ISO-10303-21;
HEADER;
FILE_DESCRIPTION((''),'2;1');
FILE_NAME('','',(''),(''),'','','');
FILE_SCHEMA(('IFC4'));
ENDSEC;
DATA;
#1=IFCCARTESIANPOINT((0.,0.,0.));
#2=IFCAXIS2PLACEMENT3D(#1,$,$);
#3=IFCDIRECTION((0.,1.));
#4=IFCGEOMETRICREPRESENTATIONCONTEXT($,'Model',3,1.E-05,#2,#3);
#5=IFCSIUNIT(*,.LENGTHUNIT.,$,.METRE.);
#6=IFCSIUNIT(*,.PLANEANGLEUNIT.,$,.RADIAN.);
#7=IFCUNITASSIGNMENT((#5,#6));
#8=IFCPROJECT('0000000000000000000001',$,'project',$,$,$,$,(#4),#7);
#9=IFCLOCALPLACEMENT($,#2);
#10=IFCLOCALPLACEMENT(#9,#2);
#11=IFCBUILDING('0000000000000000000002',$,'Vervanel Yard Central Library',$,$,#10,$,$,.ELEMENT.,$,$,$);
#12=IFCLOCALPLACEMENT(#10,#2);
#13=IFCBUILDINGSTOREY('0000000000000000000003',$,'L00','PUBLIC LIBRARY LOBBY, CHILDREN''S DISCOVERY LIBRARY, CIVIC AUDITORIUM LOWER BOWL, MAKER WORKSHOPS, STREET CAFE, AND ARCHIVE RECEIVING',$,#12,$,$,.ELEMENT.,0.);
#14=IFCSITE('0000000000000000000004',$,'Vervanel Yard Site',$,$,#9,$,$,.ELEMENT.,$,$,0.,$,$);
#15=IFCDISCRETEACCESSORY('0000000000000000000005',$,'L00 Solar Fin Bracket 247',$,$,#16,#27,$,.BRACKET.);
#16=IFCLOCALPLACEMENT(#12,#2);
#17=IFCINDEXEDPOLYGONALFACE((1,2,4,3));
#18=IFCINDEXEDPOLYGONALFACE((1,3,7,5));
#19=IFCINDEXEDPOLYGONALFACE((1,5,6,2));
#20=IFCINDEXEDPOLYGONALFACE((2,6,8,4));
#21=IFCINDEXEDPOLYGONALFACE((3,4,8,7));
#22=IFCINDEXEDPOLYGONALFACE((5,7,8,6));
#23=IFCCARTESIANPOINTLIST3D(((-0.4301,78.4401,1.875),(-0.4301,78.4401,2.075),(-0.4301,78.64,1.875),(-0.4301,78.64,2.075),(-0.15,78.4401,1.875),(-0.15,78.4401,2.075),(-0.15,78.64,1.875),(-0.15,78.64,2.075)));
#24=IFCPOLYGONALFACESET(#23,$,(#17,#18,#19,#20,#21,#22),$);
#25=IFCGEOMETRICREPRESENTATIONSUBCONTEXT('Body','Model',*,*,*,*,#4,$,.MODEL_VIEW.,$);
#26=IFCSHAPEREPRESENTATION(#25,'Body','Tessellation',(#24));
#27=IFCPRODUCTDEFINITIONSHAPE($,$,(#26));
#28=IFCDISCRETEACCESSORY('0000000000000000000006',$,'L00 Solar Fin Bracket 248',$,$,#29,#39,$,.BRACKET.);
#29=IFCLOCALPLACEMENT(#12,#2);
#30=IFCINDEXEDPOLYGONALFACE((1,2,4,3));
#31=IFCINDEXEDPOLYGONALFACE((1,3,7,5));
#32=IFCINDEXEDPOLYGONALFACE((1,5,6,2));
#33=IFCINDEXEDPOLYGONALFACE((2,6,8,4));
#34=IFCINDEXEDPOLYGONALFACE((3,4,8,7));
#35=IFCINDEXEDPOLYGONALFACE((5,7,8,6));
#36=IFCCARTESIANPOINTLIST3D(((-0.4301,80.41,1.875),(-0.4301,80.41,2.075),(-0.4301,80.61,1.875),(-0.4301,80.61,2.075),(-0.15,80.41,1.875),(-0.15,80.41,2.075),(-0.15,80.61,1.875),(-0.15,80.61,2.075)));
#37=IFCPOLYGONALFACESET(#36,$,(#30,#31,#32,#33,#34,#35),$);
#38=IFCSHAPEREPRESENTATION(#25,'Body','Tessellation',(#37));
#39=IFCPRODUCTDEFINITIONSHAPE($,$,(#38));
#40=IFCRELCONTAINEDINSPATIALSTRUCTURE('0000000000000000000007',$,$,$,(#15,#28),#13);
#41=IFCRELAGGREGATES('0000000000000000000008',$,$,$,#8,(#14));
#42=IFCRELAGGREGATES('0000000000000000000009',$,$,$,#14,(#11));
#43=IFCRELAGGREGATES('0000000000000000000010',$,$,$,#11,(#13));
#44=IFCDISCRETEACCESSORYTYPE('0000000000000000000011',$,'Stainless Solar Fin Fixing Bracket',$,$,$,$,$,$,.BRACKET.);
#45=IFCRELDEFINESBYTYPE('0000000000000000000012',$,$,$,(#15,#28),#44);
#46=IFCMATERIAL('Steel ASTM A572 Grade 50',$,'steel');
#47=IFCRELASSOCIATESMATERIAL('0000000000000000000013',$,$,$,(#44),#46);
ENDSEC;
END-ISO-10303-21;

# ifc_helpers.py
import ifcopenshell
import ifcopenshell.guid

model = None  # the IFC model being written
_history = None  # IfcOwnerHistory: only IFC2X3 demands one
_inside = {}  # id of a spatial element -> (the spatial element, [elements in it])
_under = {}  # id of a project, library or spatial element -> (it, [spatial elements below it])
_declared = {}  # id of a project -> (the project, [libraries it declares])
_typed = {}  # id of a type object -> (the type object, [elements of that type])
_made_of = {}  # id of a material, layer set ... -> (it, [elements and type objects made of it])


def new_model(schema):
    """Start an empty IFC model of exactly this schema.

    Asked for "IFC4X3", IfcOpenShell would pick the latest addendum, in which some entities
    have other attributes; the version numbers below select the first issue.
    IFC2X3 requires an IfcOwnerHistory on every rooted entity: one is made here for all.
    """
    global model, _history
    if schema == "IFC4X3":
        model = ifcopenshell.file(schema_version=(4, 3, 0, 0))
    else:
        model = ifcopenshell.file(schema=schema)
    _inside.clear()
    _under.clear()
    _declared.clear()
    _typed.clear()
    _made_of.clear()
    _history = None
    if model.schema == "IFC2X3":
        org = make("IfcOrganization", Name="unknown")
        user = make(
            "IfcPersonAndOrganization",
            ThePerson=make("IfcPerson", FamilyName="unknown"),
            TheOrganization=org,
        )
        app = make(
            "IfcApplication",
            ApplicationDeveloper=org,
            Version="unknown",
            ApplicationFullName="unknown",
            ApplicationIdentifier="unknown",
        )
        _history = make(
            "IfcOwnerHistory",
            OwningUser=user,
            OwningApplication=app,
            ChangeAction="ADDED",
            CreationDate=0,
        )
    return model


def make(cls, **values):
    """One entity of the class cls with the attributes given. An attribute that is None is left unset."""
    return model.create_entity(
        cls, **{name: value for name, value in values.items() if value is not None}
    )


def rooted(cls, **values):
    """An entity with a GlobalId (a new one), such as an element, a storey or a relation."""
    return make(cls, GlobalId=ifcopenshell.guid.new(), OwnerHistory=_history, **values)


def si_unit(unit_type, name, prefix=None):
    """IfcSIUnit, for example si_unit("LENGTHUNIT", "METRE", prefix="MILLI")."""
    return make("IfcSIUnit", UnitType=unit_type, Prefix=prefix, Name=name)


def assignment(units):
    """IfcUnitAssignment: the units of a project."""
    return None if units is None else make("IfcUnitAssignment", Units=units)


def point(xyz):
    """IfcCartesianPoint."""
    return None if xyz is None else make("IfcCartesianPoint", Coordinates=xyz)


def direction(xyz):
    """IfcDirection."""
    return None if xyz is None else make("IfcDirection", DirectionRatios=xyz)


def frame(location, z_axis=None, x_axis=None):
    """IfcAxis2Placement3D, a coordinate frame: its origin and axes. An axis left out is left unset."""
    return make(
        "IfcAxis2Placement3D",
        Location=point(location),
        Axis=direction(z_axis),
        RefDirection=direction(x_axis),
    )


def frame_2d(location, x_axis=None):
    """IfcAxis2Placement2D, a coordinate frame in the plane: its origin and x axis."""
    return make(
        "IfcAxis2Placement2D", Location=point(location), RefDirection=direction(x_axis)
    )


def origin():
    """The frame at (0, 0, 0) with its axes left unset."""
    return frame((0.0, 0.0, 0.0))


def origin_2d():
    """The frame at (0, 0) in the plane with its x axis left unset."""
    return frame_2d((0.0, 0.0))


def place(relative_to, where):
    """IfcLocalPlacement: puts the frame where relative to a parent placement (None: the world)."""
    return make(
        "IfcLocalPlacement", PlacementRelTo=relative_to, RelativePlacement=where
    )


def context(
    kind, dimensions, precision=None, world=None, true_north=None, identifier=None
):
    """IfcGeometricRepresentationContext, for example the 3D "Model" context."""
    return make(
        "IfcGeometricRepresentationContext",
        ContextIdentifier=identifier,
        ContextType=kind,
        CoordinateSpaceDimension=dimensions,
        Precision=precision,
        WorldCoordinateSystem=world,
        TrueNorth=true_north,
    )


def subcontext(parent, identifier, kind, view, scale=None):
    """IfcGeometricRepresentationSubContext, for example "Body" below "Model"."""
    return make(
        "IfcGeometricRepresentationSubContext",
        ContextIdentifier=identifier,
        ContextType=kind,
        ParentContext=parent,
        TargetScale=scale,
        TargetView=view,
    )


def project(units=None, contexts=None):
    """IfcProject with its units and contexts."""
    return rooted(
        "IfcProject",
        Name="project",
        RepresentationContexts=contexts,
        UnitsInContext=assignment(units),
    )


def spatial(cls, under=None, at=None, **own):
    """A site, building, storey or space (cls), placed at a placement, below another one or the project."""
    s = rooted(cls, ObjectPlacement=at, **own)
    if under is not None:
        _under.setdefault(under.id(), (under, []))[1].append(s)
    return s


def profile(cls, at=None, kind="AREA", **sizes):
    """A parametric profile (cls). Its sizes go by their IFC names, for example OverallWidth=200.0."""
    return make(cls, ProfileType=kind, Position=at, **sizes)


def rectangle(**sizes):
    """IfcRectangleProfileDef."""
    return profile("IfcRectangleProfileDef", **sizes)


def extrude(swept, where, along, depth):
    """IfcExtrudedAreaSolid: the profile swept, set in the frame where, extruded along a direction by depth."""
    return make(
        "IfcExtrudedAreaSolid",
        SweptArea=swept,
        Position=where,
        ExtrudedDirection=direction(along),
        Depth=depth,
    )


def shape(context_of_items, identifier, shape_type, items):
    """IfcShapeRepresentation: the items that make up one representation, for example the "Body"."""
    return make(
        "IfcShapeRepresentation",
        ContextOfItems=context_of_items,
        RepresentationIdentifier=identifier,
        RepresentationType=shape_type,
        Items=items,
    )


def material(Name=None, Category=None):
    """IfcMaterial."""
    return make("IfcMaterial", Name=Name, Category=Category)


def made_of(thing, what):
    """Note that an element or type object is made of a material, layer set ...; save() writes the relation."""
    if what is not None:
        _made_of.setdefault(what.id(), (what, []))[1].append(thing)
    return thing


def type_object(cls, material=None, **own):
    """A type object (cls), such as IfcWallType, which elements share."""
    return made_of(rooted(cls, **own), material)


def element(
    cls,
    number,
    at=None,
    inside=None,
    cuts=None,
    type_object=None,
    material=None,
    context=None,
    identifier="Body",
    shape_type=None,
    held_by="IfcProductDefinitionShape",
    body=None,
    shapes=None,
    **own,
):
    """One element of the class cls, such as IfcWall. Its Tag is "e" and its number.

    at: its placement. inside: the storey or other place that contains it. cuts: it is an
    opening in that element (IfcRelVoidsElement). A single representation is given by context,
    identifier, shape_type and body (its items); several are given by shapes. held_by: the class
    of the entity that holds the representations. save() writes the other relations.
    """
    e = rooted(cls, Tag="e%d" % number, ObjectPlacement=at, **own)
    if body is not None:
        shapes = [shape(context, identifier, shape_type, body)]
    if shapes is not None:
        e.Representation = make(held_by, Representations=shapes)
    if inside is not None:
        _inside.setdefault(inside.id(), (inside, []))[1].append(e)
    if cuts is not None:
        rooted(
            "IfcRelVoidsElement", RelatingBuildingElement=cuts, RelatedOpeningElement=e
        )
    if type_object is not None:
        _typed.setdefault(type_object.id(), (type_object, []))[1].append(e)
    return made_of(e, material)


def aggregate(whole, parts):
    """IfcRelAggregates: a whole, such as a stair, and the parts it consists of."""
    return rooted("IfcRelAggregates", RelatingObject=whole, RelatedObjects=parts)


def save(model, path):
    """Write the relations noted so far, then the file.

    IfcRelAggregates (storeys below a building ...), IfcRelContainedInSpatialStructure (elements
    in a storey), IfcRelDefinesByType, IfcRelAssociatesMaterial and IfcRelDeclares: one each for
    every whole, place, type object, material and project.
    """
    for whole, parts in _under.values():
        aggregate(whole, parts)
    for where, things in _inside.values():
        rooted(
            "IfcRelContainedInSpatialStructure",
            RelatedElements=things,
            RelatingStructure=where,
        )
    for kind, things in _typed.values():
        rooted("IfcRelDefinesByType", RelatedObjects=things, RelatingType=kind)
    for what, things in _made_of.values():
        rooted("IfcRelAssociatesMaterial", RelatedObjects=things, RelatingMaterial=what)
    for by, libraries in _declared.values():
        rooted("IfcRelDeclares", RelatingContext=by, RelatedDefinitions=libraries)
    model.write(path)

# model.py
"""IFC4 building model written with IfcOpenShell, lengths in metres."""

from ifc_helpers import new_model, si_unit, direction, frame, origin, origin_2d, place, context, subcontext, project, spatial, rectangle, extrude, material, type_object, element, save


model = new_model("IFC4")

# Units and contexts
model_context = context("Model", 3, precision=1e-05, world=origin(), true_north=direction((0.0, 1.0)))
body_context = subcontext(model_context, "Body", "Model", "MODEL_VIEW")
ifc_project = project(units=[si_unit("LENGTHUNIT", "METRE"), si_unit("PLANEANGLEUNIT", "RADIAN")], contexts=[model_context])

# Site, building, storey
site_placement = place(None, origin())
site = spatial("IfcSite", under=ifc_project, at=site_placement, Name="Vervanel Yard Site", CompositionType="ELEMENT", RefElevation=0.0)
building_placement = place(site_placement, origin())
building = spatial("IfcBuilding", under=site, at=building_placement, Name="Vervanel Yard Central Library", CompositionType="ELEMENT")
storey_placement = place(building_placement, origin())
storey = spatial("IfcBuildingStorey", under=building, at=storey_placement, Name="L00", Description="PUBLIC LIBRARY LOBBY, CHILDREN'S DISCOVERY LIBRARY, CIVIC AUDITORIUM LOWER BOWL, MAKER WORKSHOPS, STREET CAFE, AND ARCHIVE RECEIVING", CompositionType="ELEMENT", Elevation=0.0)

# Discrete accessories
ifc_material_1 = material(Name="Steel ASTM A572 Grade 50", Category="steel")
discrete_accessory_type = type_object("IfcDiscreteAccessoryType", Name="Stainless Solar Fin Fixing Bracket", PredefinedType="BRACKET", material=ifc_material_1)
for number, where, z_axis, x_axis, name in (
    (1, (-0.29, 78.54, 1.875), (0.0, 0.0, 1.0), (0.0, 1.0, 0.0), "L00 Solar Fin Bracket 247"),
    (2, (-0.29, 80.51, 1.875), (0.0, 0.0, 1.0), (0.0, 1.0, 0.0), "L00 Solar Fin Bracket 248"),
):
    element("IfcDiscreteAccessory", number, at=place(storey_placement, frame(where, z_axis=z_axis, x_axis=x_axis)), inside=storey, type_object=discrete_accessory_type, Name=name, PredefinedType="BRACKET", context=body_context, shape_type="SweptSolid", body=[
        extrude(rectangle(XDim=0.2, YDim=0.28, at=origin_2d()), origin(), (0.0, 0.0, 1.0), 0.2),
    ])

save(model, "model.ifc")
